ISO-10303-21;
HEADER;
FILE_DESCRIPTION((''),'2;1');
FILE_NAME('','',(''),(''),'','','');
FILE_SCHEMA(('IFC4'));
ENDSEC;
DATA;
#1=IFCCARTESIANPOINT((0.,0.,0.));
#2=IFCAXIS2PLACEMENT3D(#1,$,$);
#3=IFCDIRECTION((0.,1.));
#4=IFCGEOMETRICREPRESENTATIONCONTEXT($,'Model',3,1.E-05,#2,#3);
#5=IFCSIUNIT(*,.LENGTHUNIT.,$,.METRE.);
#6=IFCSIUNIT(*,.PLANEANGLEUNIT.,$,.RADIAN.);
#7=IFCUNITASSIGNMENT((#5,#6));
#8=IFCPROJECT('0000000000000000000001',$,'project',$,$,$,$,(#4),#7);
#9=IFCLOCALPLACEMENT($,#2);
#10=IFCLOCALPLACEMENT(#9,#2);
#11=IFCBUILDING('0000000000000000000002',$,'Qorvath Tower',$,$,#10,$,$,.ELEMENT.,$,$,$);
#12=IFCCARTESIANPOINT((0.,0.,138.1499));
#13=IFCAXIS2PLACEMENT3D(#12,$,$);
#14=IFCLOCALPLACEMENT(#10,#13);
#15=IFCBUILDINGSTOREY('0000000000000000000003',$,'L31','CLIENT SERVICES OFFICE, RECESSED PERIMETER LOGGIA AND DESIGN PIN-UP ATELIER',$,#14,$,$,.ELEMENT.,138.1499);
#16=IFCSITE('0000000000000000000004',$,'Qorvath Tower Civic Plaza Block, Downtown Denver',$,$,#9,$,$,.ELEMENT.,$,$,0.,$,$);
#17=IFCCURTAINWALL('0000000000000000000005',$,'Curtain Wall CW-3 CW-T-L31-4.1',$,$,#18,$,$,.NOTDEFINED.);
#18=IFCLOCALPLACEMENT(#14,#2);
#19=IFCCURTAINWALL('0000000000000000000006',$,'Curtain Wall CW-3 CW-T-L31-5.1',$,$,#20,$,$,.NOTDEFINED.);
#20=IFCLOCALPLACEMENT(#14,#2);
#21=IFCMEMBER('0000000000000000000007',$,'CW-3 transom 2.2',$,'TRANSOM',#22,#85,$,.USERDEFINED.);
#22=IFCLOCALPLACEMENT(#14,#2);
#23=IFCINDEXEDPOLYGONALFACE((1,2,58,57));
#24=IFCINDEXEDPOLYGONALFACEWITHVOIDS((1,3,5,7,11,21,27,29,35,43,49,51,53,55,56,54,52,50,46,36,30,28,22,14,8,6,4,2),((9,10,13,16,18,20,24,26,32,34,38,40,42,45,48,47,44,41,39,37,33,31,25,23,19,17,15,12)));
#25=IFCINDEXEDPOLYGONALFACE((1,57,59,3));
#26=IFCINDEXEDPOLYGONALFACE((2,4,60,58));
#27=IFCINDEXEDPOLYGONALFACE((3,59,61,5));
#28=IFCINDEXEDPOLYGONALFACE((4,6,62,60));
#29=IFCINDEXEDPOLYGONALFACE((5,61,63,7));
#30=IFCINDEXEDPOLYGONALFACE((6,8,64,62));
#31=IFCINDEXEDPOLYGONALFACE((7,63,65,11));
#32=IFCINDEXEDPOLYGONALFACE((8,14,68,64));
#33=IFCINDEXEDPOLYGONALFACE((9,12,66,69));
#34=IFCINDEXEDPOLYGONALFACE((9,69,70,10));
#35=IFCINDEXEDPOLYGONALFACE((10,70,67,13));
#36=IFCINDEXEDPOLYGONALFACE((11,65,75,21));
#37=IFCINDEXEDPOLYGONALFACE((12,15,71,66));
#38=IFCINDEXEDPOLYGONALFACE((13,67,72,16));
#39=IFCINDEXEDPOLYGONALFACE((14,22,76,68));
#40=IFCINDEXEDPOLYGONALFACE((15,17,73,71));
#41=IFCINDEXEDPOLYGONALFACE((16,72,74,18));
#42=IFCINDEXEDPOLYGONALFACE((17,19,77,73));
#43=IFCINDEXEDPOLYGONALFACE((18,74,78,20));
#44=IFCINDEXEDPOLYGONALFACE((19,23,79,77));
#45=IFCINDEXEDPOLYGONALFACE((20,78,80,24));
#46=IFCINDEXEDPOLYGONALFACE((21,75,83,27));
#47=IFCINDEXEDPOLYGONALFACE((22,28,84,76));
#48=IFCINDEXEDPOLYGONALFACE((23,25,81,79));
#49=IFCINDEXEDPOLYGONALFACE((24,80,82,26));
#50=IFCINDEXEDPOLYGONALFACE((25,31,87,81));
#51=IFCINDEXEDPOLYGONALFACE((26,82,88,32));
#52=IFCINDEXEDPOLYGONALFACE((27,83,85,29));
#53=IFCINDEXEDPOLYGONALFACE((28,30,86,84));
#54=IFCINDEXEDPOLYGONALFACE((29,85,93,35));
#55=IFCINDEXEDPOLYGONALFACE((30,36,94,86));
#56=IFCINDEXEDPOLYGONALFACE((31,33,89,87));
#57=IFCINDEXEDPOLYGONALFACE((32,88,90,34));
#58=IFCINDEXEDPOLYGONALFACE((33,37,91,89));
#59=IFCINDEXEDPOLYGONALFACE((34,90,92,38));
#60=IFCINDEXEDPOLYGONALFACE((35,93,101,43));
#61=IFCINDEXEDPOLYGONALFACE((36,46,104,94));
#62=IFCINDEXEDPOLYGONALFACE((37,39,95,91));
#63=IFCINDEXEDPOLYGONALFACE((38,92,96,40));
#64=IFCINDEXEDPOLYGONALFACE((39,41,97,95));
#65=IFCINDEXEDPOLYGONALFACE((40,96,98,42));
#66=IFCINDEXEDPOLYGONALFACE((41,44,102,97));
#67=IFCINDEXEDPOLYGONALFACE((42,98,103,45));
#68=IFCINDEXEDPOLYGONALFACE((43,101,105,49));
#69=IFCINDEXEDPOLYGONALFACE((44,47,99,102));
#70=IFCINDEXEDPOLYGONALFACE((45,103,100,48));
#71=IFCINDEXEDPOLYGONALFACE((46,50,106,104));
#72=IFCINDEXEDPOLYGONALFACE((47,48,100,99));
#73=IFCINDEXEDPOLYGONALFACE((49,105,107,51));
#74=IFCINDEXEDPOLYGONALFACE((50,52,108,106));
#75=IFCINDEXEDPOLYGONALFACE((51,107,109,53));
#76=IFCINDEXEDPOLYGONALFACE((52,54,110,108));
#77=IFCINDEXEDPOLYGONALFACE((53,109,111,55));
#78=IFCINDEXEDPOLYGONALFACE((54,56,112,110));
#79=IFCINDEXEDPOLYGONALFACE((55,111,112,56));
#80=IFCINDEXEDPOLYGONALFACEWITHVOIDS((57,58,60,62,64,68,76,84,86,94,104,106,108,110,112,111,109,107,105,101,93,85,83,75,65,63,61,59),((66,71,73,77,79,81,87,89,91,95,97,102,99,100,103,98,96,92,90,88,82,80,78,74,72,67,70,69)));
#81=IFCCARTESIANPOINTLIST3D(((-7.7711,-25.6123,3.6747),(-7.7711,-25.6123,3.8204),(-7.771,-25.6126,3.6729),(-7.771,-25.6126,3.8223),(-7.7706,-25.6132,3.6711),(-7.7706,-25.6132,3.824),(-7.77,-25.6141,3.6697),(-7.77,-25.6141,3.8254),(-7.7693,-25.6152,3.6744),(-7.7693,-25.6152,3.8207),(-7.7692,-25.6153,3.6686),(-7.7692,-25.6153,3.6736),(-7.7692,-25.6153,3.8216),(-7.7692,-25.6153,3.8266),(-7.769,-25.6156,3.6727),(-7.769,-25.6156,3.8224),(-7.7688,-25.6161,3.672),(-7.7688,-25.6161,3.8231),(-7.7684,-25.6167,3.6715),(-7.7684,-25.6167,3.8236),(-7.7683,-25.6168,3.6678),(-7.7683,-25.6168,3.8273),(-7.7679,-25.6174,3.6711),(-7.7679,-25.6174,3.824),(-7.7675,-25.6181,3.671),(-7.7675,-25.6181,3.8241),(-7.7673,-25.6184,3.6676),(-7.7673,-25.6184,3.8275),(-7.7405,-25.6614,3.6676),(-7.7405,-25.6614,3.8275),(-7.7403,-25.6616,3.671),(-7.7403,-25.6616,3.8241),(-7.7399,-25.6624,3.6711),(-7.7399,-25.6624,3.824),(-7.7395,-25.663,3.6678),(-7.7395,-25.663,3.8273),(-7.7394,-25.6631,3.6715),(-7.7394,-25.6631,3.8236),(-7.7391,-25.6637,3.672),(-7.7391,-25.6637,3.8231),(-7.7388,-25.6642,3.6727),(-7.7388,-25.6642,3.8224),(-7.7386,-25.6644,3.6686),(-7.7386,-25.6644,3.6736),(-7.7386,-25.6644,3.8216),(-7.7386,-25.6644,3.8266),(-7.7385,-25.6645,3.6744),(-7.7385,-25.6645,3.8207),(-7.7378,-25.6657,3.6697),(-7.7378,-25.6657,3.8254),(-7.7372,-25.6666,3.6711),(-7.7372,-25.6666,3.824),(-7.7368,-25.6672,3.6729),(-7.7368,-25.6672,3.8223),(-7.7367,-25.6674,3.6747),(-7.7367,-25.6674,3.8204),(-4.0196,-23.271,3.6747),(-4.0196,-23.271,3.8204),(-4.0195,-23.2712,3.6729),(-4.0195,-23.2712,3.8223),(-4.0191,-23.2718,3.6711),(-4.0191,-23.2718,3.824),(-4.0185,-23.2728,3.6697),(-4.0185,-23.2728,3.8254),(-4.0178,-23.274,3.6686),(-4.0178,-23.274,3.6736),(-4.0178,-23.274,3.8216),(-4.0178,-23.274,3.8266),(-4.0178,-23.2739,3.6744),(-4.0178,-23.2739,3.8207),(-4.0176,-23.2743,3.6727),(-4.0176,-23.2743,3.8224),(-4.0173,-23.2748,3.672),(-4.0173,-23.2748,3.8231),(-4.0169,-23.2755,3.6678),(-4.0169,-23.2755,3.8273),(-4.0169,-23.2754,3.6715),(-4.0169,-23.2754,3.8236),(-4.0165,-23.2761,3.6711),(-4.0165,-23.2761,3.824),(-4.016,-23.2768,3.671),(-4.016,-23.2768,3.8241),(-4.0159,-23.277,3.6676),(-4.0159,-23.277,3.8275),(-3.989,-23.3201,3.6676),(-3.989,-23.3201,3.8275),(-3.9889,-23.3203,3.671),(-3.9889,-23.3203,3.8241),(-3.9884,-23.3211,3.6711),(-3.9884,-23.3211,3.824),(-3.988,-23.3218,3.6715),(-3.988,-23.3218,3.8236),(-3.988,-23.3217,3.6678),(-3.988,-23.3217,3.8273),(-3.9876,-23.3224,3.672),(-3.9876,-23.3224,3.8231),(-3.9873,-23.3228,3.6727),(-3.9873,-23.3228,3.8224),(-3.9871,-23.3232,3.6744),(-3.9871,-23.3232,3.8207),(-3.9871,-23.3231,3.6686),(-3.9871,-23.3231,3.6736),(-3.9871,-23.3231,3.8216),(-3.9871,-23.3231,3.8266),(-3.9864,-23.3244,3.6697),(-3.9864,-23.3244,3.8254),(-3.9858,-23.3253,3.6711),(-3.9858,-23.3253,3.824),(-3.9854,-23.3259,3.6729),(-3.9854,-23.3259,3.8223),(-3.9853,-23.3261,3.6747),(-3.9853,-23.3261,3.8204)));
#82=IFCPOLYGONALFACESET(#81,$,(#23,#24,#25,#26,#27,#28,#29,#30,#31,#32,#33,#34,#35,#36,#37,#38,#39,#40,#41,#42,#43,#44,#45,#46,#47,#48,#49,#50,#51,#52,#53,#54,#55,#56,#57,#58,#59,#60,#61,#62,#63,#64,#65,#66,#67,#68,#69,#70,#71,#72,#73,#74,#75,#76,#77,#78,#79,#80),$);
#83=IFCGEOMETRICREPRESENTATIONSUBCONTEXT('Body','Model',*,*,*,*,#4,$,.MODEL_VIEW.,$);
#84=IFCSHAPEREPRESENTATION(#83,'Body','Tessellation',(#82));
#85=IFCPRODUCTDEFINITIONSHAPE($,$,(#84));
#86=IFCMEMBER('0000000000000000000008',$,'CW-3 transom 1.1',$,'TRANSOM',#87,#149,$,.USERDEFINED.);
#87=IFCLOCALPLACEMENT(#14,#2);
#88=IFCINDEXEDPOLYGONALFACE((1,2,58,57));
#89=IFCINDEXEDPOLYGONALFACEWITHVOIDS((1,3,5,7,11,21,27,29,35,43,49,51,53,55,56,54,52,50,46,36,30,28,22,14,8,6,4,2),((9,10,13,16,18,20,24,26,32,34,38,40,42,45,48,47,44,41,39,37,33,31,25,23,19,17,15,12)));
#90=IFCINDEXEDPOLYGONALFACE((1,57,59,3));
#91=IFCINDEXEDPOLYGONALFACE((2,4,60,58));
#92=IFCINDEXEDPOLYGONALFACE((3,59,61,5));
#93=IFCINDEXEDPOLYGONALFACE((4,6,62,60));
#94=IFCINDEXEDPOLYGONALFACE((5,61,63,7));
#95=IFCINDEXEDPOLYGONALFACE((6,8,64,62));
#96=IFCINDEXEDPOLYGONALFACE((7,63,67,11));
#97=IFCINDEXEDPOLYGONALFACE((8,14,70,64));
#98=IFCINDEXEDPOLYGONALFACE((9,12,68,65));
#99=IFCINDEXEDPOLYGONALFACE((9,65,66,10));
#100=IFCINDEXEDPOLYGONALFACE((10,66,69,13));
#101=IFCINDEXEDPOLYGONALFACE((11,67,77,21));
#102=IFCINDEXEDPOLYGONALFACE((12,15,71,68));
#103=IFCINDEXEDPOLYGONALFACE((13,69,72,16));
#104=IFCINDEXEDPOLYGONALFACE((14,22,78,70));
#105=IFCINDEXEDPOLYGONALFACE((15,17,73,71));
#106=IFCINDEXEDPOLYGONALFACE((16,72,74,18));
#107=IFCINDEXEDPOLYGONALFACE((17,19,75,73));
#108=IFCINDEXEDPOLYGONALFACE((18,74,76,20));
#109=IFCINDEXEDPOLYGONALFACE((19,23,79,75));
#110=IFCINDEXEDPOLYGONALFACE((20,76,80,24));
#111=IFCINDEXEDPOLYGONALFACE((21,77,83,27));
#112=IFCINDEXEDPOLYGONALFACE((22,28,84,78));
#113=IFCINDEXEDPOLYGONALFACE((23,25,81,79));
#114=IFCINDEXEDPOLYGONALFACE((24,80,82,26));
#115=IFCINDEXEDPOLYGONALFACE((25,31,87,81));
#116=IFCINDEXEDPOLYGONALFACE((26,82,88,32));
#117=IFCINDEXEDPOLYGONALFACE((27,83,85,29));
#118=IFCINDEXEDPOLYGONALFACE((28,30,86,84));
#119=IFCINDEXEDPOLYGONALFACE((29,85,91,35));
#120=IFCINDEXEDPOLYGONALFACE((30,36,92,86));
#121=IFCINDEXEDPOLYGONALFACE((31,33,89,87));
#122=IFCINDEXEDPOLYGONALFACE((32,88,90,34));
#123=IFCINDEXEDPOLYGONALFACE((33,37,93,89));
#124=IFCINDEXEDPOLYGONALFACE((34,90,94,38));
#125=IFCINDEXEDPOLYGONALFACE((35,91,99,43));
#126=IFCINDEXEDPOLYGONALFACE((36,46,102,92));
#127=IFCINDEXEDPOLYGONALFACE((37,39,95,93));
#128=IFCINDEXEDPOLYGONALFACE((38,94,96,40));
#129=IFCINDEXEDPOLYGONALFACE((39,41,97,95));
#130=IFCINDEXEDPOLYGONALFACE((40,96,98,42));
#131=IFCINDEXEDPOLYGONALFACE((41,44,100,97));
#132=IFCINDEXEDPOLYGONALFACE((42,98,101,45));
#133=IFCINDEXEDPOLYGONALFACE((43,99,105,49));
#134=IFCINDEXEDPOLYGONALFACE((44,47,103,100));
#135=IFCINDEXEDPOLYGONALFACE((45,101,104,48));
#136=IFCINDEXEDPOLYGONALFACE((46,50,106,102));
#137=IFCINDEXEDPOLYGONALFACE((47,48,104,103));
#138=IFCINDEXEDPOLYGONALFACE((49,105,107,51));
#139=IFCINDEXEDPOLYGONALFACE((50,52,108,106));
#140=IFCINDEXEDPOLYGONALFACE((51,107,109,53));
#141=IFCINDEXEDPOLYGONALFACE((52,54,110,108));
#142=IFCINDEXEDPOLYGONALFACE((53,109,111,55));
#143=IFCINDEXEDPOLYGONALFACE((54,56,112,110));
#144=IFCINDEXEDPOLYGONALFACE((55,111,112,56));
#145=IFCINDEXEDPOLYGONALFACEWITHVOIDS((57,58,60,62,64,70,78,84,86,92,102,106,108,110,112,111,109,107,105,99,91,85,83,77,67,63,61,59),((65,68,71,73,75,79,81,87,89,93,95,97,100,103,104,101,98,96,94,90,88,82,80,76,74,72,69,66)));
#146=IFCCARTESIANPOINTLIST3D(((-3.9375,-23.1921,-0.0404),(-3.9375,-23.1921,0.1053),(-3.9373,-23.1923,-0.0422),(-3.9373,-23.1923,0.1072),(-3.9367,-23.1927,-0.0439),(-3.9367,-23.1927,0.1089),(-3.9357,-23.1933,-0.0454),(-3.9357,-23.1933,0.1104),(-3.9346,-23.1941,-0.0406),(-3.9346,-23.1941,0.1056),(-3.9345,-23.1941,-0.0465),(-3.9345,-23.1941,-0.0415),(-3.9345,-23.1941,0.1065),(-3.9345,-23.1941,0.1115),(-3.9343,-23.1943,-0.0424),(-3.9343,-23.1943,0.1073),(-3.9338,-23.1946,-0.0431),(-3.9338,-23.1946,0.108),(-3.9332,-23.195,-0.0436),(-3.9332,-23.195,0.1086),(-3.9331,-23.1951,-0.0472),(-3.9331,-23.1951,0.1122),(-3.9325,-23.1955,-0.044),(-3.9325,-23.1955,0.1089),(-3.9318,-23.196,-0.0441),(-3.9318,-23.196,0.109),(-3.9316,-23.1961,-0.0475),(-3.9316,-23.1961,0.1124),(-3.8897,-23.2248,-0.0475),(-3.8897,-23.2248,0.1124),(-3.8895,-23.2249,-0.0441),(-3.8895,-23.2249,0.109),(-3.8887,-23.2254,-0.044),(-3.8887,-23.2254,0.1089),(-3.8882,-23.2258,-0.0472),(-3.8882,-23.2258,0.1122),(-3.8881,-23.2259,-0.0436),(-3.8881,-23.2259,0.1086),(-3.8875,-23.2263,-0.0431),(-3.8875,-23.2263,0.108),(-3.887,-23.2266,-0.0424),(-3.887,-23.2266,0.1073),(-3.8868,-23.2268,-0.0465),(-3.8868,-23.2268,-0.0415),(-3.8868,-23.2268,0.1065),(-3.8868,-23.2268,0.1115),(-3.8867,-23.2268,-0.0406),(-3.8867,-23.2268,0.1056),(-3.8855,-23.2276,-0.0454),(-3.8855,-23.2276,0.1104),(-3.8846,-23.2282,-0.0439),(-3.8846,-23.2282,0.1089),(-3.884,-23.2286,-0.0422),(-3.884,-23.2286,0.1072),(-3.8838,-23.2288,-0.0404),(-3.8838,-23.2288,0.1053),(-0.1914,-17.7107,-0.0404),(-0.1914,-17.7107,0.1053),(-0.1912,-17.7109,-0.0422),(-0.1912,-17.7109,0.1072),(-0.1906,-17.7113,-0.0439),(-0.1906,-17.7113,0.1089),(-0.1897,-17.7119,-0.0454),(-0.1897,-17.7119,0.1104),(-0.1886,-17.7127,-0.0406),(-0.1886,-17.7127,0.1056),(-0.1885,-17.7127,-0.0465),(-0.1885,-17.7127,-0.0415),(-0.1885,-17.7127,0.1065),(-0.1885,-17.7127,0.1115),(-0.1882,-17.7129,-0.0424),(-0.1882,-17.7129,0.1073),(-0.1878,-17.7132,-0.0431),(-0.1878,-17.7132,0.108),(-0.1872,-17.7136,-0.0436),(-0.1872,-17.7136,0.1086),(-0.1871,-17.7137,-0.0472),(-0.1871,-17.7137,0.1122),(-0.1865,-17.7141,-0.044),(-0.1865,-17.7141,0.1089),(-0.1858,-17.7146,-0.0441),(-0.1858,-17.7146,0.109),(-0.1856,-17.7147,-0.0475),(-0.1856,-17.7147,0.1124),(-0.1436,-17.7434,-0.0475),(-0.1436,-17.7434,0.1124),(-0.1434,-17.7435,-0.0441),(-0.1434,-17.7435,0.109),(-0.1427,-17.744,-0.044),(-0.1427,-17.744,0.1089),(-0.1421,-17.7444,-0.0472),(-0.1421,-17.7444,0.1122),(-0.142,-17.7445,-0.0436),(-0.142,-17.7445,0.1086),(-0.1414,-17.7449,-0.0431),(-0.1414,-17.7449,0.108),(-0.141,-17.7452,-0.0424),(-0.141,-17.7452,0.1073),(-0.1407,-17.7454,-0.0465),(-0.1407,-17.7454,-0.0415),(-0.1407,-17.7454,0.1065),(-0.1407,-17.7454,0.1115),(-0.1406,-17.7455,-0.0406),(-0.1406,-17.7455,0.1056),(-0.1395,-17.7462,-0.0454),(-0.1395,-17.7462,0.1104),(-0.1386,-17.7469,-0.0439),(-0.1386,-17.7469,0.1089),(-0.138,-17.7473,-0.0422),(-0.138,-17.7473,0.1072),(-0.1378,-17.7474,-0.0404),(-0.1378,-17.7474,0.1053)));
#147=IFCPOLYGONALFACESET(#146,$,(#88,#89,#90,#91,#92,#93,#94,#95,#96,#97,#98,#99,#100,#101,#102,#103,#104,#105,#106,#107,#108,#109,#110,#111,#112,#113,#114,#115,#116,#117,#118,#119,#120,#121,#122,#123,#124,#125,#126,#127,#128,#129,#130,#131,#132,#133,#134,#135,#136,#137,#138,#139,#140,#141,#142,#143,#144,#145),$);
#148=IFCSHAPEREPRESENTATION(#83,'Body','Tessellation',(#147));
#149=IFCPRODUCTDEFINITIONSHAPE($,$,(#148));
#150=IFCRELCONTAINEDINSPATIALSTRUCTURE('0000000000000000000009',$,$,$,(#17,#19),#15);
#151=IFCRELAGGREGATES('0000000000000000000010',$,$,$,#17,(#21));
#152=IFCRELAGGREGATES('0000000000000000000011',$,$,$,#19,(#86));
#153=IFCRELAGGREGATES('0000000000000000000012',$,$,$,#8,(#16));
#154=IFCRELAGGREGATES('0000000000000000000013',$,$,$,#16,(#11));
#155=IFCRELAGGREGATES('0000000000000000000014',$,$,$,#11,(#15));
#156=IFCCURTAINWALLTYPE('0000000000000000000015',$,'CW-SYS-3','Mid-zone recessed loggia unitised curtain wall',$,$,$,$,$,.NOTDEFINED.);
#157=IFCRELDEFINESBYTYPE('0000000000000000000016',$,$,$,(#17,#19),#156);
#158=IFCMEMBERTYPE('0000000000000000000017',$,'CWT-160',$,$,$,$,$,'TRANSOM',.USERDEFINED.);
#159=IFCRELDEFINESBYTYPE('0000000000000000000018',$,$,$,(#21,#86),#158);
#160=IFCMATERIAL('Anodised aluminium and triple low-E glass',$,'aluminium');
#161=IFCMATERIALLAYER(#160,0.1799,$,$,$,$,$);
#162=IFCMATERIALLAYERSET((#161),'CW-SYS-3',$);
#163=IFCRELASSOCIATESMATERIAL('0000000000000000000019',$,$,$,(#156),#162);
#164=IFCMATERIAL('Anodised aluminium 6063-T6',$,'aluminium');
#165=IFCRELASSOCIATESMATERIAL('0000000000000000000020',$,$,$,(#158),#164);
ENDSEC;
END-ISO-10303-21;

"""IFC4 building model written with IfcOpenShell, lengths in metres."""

from ifc_helpers import new_model, si_unit, direction, frame, origin, origin_2d, place, context, subcontext, project, spatial, hollow_rectangle, extrude, material, layer, layer_set, material_profile, profile_set, type_object, element, aggregate, save


model = new_model("IFC4")

# Units and contexts
model_context = context("Model", 3, precision=1e-05, world=origin(), true_north=direction((0.0, 1.0)))
body_context = subcontext(model_context, "Body", "Model", "MODEL_VIEW")
ifc_project = project(units=[si_unit("LENGTHUNIT", "METRE"), si_unit("PLANEANGLEUNIT", "RADIAN")], contexts=[model_context])

# Site, building, storey
site_placement = place(None, origin())
site = spatial("IfcSite", under=ifc_project, at=site_placement, Name="Qorvath Tower Civic Plaza Block, Downtown Denver", CompositionType="ELEMENT", RefElevation=0.0)
building_placement = place(site_placement, origin())
building = spatial("IfcBuilding", under=site, at=building_placement, Name="Qorvath Tower", CompositionType="ELEMENT")
storey_placement = place(building_placement, frame((0.0, 0.0, 138.1499)))
storey = spatial("IfcBuildingStorey", under=building, at=storey_placement, Name="L31", Description="CLIENT SERVICES OFFICE, RECESSED PERIMETER LOGGIA AND DESIGN PIN-UP ATELIER", CompositionType="ELEMENT", Elevation=138.1499)

# Shared definitions
ifc_material_1 = material(Name="Anodised aluminium and triple low-E glass", Category="aluminium")
ifc_layer_1 = layer(ifc_material_1, 0.1799)
ifc_layer_set_1 = layer_set([ifc_layer_1], Name="CW-SYS-3")
curtain_wall_type = type_object("IfcCurtainWallType", Name="CW-SYS-3", Description="Mid-zone recessed loggia unitised curtain wall", PredefinedType="NOTDEFINED", material=ifc_layer_set_1)

# Curtain walls
curtain_wall_1_placement = place(storey_placement, origin())
curtain_wall_1 = element("IfcCurtainWall", 1, at=curtain_wall_1_placement, inside=storey, type_object=curtain_wall_type, Name="Curtain Wall CW-3 CW-T-L31-4.1", PredefinedType="NOTDEFINED")
curtain_wall_2_placement = place(storey_placement, origin())
curtain_wall_2 = element("IfcCurtainWall", 2, at=curtain_wall_2_placement, inside=storey, type_object=curtain_wall_type, Name="Curtain Wall CW-3 CW-T-L31-5.1", PredefinedType="NOTDEFINED")

# Members
ifc_material_2 = material(Name="Anodised aluminium 6063-T6", Category="aluminium")
ifc_material_profile_1 = material_profile(ifc_material_2, hollow_rectangle(XDim=0.0649, YDim=0.1599, WallThickness=0.0034, InnerFilletRadius=0.0034, OuterFilletRadius=0.0071, at=origin_2d()), Name="CWT 160x65")
ifc_profile_set_1 = profile_set([ifc_material_profile_1], Name="Anodised aluminium 6063-T6")
member_type_1 = type_object("IfcMemberType", Name="CWT-160", ElementType="TRANSOM", PredefinedType="USERDEFINED", material=ifc_profile_set_1)
member_1_placement = place(storey_placement, frame((-7.7539, -25.6399, 3.7476), z_axis=(0.848339, 0.529453, 0.0), x_axis=(-0.529453, 0.848339, 0.0)))
member_1 = element("IfcMember", 3, at=member_1_placement, type_object=member_type_1, Name="CW-3 transom 2.2", ObjectType="TRANSOM", PredefinedType="USERDEFINED", context=body_context, shape_type="SweptSolid", body=[
    extrude(hollow_rectangle(XDim=0.0649, YDim=0.1599, WallThickness=0.0034, InnerFilletRadius=0.0034, OuterFilletRadius=0.0071, at=origin_2d()), origin(), (0.0, 0.0, 1.0), 4.4221),
])
member_2_placement = place(storey_placement, frame((-3.9106, -23.2104, 0.0325), z_axis=(0.564236, 0.825614, 0.0), x_axis=(-0.825614, 0.564236, 0.0)))
member_2 = element("IfcMember", 4, at=member_2_placement, type_object=member_type_1, Name="CW-3 transom 1.1", ObjectType="TRANSOM", PredefinedType="USERDEFINED", context=body_context, shape_type="SweptSolid", body=[
    extrude(hollow_rectangle(XDim=0.0649, YDim=0.1599, WallThickness=0.0034, InnerFilletRadius=0.0034, OuterFilletRadius=0.0071, at=origin_2d()), origin(), (0.0, 0.0, 1.0), 6.6392),
])

aggregate(curtain_wall_1, [member_1])
aggregate(curtain_wall_2, [member_2])

save(model, "model.ifc")
